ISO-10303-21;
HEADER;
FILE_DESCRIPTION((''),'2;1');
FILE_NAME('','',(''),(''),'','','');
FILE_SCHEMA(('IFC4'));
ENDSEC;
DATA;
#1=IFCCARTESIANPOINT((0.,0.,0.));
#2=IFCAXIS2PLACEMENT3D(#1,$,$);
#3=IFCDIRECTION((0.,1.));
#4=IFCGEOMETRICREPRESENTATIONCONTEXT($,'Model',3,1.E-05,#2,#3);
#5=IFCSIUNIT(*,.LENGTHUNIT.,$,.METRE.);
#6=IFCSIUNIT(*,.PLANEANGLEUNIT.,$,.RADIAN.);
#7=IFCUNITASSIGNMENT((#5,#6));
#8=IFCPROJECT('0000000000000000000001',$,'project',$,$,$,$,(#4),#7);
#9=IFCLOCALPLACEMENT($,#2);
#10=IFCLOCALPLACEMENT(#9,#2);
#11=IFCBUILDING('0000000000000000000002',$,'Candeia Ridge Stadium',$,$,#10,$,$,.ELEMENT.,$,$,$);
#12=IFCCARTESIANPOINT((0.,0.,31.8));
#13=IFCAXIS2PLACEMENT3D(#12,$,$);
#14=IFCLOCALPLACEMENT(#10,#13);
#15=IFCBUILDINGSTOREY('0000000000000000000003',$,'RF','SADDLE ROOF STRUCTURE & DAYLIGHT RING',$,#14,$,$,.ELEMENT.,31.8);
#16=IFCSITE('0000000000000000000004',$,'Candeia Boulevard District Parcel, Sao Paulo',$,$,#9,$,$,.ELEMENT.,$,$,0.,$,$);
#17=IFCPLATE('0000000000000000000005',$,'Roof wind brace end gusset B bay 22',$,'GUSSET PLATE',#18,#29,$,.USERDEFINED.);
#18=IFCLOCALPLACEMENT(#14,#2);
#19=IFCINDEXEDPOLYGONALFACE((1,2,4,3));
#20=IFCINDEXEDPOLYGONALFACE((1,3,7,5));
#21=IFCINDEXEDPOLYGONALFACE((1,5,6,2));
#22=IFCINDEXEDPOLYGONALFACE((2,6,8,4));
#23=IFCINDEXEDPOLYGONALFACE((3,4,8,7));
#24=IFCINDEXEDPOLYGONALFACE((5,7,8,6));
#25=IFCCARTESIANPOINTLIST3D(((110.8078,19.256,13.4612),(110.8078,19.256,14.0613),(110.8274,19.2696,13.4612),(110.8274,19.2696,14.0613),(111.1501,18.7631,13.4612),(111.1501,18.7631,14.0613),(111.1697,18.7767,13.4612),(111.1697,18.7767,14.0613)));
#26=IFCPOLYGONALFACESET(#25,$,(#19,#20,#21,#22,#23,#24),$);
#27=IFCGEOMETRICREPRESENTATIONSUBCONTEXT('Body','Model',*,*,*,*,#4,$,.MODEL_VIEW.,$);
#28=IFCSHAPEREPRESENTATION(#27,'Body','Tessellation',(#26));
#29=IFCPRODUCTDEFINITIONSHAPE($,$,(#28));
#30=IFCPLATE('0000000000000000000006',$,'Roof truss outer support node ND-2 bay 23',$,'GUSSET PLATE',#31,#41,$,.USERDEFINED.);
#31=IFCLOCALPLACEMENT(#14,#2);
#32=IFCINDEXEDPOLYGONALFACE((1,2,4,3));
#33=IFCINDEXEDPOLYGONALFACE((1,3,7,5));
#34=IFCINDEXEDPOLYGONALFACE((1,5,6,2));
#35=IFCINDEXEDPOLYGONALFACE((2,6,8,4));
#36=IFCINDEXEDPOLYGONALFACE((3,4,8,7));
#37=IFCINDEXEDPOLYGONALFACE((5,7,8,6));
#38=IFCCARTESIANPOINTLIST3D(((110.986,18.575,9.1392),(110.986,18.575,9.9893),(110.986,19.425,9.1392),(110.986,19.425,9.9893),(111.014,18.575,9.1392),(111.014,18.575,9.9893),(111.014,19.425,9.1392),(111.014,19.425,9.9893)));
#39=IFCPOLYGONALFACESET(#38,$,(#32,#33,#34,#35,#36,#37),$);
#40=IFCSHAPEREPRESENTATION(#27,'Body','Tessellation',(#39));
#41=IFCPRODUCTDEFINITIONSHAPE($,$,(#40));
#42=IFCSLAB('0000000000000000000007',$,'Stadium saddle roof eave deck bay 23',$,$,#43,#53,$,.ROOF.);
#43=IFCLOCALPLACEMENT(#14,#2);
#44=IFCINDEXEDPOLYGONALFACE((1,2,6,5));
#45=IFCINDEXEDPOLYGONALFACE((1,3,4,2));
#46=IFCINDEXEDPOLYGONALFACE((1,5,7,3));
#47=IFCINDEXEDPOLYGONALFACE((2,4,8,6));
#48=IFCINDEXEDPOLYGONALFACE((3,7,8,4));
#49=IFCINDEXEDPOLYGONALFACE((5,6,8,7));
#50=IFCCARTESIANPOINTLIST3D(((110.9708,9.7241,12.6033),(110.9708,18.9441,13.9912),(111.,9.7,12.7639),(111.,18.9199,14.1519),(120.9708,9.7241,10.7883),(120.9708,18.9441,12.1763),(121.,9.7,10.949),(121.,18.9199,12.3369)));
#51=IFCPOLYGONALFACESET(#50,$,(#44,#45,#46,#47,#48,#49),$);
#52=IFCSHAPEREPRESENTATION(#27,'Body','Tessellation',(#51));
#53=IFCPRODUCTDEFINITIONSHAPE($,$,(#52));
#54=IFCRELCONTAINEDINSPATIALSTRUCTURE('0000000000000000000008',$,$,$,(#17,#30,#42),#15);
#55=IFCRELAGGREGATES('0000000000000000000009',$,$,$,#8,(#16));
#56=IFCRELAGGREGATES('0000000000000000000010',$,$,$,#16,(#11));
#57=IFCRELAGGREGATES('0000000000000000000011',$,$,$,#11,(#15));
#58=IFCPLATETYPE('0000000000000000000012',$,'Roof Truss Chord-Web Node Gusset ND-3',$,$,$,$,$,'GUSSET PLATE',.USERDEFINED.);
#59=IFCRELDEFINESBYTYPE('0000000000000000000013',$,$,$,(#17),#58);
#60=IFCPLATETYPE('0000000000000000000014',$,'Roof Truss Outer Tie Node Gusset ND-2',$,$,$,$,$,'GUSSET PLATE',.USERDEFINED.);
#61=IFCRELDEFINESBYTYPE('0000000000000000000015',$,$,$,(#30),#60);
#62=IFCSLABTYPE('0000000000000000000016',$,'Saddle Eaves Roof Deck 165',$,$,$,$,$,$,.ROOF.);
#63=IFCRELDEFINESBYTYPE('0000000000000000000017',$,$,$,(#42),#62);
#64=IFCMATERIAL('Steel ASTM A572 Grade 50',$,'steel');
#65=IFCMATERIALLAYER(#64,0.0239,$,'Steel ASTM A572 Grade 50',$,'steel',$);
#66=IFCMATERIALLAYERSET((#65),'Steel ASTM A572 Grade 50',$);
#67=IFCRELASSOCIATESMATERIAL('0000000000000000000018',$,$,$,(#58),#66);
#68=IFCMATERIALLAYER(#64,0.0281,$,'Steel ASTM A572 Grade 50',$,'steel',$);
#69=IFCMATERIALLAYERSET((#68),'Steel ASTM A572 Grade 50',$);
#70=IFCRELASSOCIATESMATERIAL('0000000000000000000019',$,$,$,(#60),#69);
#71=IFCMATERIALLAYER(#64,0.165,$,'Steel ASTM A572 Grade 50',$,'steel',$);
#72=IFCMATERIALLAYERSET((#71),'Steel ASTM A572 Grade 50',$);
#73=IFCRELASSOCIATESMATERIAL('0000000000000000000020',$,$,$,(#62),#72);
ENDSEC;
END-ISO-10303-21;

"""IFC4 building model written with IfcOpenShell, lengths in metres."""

from ifc_helpers import new_model, si_unit, direction, frame, origin, origin_2d, place, context, subcontext, project, spatial, polyline, rectangle, outline, extrude, material, layer, layer_set, type_object, element, save


model = new_model("IFC4")

# Units and contexts
model_context = context("Model", 3, precision=1e-05, world=origin(), true_north=direction((0.0, 1.0)))
body_context = subcontext(model_context, "Body", "Model", "MODEL_VIEW")
ifc_project = project(units=[si_unit("LENGTHUNIT", "METRE"), si_unit("PLANEANGLEUNIT", "RADIAN")], contexts=[model_context])

# Site, building, storey
site_placement = place(None, origin())
site = spatial("IfcSite", under=ifc_project, at=site_placement, Name="Candeia Boulevard District Parcel, Sao Paulo", CompositionType="ELEMENT", RefElevation=0.0)
building_placement = place(site_placement, origin())
building = spatial("IfcBuilding", under=site, at=building_placement, Name="Candeia Ridge Stadium", CompositionType="ELEMENT")
storey_placement = place(building_placement, frame((0.0, 0.0, 31.8)))
storey = spatial("IfcBuildingStorey", under=building, at=storey_placement, Name="RF", Description="SADDLE ROOF STRUCTURE & DAYLIGHT RING", CompositionType="ELEMENT", Elevation=31.8)

# Shared definitions
ifc_material_1 = material(Name="Steel ASTM A572 Grade 50", Category="steel")

# Plates
ifc_layer_1 = layer(ifc_material_1, 0.0239, Name="Steel ASTM A572 Grade 50", Category="steel")
ifc_layer_set_1 = layer_set([ifc_layer_1], Name="Steel ASTM A572 Grade 50")
plate_type_1 = type_object("IfcPlateType", Name="Roof Truss Chord-Web Node Gusset ND-3", ElementType="GUSSET PLATE", PredefinedType="USERDEFINED", material=ifc_layer_set_1)
plate_1_placement = place(storey_placement, frame((110.9888, 19.0164, 13.4612), z_axis=(0.0, 0.0, 1.0), x_axis=(0.570395, -0.82137, 0.0)))
element("IfcPlate", 1, at=plate_1_placement, inside=storey, type_object=plate_type_1, Name="Roof wind brace end gusset B bay 22", ObjectType="GUSSET PLATE", PredefinedType="USERDEFINED", context=body_context, shape_type="SweptSolid", body=[
    extrude(rectangle(XDim=0.6001, YDim=0.0239, at=origin_2d()), origin(), (0.0, 0.0, 1.0), 0.6001),
])
ifc_layer_2 = layer(ifc_material_1, 0.0281, Name="Steel ASTM A572 Grade 50", Category="steel")
ifc_layer_set_2 = layer_set([ifc_layer_2], Name="Steel ASTM A572 Grade 50")
plate_type_2 = type_object("IfcPlateType", Name="Roof Truss Outer Tie Node Gusset ND-2", ElementType="GUSSET PLATE", PredefinedType="USERDEFINED", material=ifc_layer_set_2)
plate_2_placement = place(storey_placement, frame((111.0, 19.0, 9.1392), z_axis=(0.0, 0.0, 1.0), x_axis=(0.0, -1.0, 0.0)))
element("IfcPlate", 2, at=plate_2_placement, inside=storey, type_object=plate_type_2, Name="Roof truss outer support node ND-2 bay 23", ObjectType="GUSSET PLATE", PredefinedType="USERDEFINED", context=body_context, shape_type="SweptSolid", body=[
    extrude(rectangle(XDim=0.8501, YDim=0.0281, at=origin_2d()), origin(), (0.0, 0.0, 1.0), 0.8501),
])

# Slab
ifc_layer_3 = layer(ifc_material_1, 0.165, Name="Steel ASTM A572 Grade 50", Category="steel")
ifc_layer_set_3 = layer_set([ifc_layer_3], Name="Steel ASTM A572 Grade 50")
slab_type = type_object("IfcSlabType", Name="Saddle Eaves Roof Deck 165", PredefinedType="ROOF", material=ifc_layer_set_3)
slab_placement = place(storey_placement, frame((111.0, 18.9199, 14.1519), z_axis=(0.17665, -0.146518, 0.973307), x_axis=(0.983926, 0.0, -0.178577)))
element("IfcSlab", 3, at=slab_placement, inside=storey, type_object=slab_type, Name="Stadium saddle roof eave deck bay 23", PredefinedType="ROOF", context=body_context, shape_type="SweptSolid", body=[
    extrude(outline(polyline([(0.0, 0.0), (10.1634, 0.0), (10.4112, -9.3206), (0.2479, -9.3206), (0.0, 0.0)])), origin(), (0.0, 0.0, -1.0), 0.165),
])

save(model, "model.ifc")
